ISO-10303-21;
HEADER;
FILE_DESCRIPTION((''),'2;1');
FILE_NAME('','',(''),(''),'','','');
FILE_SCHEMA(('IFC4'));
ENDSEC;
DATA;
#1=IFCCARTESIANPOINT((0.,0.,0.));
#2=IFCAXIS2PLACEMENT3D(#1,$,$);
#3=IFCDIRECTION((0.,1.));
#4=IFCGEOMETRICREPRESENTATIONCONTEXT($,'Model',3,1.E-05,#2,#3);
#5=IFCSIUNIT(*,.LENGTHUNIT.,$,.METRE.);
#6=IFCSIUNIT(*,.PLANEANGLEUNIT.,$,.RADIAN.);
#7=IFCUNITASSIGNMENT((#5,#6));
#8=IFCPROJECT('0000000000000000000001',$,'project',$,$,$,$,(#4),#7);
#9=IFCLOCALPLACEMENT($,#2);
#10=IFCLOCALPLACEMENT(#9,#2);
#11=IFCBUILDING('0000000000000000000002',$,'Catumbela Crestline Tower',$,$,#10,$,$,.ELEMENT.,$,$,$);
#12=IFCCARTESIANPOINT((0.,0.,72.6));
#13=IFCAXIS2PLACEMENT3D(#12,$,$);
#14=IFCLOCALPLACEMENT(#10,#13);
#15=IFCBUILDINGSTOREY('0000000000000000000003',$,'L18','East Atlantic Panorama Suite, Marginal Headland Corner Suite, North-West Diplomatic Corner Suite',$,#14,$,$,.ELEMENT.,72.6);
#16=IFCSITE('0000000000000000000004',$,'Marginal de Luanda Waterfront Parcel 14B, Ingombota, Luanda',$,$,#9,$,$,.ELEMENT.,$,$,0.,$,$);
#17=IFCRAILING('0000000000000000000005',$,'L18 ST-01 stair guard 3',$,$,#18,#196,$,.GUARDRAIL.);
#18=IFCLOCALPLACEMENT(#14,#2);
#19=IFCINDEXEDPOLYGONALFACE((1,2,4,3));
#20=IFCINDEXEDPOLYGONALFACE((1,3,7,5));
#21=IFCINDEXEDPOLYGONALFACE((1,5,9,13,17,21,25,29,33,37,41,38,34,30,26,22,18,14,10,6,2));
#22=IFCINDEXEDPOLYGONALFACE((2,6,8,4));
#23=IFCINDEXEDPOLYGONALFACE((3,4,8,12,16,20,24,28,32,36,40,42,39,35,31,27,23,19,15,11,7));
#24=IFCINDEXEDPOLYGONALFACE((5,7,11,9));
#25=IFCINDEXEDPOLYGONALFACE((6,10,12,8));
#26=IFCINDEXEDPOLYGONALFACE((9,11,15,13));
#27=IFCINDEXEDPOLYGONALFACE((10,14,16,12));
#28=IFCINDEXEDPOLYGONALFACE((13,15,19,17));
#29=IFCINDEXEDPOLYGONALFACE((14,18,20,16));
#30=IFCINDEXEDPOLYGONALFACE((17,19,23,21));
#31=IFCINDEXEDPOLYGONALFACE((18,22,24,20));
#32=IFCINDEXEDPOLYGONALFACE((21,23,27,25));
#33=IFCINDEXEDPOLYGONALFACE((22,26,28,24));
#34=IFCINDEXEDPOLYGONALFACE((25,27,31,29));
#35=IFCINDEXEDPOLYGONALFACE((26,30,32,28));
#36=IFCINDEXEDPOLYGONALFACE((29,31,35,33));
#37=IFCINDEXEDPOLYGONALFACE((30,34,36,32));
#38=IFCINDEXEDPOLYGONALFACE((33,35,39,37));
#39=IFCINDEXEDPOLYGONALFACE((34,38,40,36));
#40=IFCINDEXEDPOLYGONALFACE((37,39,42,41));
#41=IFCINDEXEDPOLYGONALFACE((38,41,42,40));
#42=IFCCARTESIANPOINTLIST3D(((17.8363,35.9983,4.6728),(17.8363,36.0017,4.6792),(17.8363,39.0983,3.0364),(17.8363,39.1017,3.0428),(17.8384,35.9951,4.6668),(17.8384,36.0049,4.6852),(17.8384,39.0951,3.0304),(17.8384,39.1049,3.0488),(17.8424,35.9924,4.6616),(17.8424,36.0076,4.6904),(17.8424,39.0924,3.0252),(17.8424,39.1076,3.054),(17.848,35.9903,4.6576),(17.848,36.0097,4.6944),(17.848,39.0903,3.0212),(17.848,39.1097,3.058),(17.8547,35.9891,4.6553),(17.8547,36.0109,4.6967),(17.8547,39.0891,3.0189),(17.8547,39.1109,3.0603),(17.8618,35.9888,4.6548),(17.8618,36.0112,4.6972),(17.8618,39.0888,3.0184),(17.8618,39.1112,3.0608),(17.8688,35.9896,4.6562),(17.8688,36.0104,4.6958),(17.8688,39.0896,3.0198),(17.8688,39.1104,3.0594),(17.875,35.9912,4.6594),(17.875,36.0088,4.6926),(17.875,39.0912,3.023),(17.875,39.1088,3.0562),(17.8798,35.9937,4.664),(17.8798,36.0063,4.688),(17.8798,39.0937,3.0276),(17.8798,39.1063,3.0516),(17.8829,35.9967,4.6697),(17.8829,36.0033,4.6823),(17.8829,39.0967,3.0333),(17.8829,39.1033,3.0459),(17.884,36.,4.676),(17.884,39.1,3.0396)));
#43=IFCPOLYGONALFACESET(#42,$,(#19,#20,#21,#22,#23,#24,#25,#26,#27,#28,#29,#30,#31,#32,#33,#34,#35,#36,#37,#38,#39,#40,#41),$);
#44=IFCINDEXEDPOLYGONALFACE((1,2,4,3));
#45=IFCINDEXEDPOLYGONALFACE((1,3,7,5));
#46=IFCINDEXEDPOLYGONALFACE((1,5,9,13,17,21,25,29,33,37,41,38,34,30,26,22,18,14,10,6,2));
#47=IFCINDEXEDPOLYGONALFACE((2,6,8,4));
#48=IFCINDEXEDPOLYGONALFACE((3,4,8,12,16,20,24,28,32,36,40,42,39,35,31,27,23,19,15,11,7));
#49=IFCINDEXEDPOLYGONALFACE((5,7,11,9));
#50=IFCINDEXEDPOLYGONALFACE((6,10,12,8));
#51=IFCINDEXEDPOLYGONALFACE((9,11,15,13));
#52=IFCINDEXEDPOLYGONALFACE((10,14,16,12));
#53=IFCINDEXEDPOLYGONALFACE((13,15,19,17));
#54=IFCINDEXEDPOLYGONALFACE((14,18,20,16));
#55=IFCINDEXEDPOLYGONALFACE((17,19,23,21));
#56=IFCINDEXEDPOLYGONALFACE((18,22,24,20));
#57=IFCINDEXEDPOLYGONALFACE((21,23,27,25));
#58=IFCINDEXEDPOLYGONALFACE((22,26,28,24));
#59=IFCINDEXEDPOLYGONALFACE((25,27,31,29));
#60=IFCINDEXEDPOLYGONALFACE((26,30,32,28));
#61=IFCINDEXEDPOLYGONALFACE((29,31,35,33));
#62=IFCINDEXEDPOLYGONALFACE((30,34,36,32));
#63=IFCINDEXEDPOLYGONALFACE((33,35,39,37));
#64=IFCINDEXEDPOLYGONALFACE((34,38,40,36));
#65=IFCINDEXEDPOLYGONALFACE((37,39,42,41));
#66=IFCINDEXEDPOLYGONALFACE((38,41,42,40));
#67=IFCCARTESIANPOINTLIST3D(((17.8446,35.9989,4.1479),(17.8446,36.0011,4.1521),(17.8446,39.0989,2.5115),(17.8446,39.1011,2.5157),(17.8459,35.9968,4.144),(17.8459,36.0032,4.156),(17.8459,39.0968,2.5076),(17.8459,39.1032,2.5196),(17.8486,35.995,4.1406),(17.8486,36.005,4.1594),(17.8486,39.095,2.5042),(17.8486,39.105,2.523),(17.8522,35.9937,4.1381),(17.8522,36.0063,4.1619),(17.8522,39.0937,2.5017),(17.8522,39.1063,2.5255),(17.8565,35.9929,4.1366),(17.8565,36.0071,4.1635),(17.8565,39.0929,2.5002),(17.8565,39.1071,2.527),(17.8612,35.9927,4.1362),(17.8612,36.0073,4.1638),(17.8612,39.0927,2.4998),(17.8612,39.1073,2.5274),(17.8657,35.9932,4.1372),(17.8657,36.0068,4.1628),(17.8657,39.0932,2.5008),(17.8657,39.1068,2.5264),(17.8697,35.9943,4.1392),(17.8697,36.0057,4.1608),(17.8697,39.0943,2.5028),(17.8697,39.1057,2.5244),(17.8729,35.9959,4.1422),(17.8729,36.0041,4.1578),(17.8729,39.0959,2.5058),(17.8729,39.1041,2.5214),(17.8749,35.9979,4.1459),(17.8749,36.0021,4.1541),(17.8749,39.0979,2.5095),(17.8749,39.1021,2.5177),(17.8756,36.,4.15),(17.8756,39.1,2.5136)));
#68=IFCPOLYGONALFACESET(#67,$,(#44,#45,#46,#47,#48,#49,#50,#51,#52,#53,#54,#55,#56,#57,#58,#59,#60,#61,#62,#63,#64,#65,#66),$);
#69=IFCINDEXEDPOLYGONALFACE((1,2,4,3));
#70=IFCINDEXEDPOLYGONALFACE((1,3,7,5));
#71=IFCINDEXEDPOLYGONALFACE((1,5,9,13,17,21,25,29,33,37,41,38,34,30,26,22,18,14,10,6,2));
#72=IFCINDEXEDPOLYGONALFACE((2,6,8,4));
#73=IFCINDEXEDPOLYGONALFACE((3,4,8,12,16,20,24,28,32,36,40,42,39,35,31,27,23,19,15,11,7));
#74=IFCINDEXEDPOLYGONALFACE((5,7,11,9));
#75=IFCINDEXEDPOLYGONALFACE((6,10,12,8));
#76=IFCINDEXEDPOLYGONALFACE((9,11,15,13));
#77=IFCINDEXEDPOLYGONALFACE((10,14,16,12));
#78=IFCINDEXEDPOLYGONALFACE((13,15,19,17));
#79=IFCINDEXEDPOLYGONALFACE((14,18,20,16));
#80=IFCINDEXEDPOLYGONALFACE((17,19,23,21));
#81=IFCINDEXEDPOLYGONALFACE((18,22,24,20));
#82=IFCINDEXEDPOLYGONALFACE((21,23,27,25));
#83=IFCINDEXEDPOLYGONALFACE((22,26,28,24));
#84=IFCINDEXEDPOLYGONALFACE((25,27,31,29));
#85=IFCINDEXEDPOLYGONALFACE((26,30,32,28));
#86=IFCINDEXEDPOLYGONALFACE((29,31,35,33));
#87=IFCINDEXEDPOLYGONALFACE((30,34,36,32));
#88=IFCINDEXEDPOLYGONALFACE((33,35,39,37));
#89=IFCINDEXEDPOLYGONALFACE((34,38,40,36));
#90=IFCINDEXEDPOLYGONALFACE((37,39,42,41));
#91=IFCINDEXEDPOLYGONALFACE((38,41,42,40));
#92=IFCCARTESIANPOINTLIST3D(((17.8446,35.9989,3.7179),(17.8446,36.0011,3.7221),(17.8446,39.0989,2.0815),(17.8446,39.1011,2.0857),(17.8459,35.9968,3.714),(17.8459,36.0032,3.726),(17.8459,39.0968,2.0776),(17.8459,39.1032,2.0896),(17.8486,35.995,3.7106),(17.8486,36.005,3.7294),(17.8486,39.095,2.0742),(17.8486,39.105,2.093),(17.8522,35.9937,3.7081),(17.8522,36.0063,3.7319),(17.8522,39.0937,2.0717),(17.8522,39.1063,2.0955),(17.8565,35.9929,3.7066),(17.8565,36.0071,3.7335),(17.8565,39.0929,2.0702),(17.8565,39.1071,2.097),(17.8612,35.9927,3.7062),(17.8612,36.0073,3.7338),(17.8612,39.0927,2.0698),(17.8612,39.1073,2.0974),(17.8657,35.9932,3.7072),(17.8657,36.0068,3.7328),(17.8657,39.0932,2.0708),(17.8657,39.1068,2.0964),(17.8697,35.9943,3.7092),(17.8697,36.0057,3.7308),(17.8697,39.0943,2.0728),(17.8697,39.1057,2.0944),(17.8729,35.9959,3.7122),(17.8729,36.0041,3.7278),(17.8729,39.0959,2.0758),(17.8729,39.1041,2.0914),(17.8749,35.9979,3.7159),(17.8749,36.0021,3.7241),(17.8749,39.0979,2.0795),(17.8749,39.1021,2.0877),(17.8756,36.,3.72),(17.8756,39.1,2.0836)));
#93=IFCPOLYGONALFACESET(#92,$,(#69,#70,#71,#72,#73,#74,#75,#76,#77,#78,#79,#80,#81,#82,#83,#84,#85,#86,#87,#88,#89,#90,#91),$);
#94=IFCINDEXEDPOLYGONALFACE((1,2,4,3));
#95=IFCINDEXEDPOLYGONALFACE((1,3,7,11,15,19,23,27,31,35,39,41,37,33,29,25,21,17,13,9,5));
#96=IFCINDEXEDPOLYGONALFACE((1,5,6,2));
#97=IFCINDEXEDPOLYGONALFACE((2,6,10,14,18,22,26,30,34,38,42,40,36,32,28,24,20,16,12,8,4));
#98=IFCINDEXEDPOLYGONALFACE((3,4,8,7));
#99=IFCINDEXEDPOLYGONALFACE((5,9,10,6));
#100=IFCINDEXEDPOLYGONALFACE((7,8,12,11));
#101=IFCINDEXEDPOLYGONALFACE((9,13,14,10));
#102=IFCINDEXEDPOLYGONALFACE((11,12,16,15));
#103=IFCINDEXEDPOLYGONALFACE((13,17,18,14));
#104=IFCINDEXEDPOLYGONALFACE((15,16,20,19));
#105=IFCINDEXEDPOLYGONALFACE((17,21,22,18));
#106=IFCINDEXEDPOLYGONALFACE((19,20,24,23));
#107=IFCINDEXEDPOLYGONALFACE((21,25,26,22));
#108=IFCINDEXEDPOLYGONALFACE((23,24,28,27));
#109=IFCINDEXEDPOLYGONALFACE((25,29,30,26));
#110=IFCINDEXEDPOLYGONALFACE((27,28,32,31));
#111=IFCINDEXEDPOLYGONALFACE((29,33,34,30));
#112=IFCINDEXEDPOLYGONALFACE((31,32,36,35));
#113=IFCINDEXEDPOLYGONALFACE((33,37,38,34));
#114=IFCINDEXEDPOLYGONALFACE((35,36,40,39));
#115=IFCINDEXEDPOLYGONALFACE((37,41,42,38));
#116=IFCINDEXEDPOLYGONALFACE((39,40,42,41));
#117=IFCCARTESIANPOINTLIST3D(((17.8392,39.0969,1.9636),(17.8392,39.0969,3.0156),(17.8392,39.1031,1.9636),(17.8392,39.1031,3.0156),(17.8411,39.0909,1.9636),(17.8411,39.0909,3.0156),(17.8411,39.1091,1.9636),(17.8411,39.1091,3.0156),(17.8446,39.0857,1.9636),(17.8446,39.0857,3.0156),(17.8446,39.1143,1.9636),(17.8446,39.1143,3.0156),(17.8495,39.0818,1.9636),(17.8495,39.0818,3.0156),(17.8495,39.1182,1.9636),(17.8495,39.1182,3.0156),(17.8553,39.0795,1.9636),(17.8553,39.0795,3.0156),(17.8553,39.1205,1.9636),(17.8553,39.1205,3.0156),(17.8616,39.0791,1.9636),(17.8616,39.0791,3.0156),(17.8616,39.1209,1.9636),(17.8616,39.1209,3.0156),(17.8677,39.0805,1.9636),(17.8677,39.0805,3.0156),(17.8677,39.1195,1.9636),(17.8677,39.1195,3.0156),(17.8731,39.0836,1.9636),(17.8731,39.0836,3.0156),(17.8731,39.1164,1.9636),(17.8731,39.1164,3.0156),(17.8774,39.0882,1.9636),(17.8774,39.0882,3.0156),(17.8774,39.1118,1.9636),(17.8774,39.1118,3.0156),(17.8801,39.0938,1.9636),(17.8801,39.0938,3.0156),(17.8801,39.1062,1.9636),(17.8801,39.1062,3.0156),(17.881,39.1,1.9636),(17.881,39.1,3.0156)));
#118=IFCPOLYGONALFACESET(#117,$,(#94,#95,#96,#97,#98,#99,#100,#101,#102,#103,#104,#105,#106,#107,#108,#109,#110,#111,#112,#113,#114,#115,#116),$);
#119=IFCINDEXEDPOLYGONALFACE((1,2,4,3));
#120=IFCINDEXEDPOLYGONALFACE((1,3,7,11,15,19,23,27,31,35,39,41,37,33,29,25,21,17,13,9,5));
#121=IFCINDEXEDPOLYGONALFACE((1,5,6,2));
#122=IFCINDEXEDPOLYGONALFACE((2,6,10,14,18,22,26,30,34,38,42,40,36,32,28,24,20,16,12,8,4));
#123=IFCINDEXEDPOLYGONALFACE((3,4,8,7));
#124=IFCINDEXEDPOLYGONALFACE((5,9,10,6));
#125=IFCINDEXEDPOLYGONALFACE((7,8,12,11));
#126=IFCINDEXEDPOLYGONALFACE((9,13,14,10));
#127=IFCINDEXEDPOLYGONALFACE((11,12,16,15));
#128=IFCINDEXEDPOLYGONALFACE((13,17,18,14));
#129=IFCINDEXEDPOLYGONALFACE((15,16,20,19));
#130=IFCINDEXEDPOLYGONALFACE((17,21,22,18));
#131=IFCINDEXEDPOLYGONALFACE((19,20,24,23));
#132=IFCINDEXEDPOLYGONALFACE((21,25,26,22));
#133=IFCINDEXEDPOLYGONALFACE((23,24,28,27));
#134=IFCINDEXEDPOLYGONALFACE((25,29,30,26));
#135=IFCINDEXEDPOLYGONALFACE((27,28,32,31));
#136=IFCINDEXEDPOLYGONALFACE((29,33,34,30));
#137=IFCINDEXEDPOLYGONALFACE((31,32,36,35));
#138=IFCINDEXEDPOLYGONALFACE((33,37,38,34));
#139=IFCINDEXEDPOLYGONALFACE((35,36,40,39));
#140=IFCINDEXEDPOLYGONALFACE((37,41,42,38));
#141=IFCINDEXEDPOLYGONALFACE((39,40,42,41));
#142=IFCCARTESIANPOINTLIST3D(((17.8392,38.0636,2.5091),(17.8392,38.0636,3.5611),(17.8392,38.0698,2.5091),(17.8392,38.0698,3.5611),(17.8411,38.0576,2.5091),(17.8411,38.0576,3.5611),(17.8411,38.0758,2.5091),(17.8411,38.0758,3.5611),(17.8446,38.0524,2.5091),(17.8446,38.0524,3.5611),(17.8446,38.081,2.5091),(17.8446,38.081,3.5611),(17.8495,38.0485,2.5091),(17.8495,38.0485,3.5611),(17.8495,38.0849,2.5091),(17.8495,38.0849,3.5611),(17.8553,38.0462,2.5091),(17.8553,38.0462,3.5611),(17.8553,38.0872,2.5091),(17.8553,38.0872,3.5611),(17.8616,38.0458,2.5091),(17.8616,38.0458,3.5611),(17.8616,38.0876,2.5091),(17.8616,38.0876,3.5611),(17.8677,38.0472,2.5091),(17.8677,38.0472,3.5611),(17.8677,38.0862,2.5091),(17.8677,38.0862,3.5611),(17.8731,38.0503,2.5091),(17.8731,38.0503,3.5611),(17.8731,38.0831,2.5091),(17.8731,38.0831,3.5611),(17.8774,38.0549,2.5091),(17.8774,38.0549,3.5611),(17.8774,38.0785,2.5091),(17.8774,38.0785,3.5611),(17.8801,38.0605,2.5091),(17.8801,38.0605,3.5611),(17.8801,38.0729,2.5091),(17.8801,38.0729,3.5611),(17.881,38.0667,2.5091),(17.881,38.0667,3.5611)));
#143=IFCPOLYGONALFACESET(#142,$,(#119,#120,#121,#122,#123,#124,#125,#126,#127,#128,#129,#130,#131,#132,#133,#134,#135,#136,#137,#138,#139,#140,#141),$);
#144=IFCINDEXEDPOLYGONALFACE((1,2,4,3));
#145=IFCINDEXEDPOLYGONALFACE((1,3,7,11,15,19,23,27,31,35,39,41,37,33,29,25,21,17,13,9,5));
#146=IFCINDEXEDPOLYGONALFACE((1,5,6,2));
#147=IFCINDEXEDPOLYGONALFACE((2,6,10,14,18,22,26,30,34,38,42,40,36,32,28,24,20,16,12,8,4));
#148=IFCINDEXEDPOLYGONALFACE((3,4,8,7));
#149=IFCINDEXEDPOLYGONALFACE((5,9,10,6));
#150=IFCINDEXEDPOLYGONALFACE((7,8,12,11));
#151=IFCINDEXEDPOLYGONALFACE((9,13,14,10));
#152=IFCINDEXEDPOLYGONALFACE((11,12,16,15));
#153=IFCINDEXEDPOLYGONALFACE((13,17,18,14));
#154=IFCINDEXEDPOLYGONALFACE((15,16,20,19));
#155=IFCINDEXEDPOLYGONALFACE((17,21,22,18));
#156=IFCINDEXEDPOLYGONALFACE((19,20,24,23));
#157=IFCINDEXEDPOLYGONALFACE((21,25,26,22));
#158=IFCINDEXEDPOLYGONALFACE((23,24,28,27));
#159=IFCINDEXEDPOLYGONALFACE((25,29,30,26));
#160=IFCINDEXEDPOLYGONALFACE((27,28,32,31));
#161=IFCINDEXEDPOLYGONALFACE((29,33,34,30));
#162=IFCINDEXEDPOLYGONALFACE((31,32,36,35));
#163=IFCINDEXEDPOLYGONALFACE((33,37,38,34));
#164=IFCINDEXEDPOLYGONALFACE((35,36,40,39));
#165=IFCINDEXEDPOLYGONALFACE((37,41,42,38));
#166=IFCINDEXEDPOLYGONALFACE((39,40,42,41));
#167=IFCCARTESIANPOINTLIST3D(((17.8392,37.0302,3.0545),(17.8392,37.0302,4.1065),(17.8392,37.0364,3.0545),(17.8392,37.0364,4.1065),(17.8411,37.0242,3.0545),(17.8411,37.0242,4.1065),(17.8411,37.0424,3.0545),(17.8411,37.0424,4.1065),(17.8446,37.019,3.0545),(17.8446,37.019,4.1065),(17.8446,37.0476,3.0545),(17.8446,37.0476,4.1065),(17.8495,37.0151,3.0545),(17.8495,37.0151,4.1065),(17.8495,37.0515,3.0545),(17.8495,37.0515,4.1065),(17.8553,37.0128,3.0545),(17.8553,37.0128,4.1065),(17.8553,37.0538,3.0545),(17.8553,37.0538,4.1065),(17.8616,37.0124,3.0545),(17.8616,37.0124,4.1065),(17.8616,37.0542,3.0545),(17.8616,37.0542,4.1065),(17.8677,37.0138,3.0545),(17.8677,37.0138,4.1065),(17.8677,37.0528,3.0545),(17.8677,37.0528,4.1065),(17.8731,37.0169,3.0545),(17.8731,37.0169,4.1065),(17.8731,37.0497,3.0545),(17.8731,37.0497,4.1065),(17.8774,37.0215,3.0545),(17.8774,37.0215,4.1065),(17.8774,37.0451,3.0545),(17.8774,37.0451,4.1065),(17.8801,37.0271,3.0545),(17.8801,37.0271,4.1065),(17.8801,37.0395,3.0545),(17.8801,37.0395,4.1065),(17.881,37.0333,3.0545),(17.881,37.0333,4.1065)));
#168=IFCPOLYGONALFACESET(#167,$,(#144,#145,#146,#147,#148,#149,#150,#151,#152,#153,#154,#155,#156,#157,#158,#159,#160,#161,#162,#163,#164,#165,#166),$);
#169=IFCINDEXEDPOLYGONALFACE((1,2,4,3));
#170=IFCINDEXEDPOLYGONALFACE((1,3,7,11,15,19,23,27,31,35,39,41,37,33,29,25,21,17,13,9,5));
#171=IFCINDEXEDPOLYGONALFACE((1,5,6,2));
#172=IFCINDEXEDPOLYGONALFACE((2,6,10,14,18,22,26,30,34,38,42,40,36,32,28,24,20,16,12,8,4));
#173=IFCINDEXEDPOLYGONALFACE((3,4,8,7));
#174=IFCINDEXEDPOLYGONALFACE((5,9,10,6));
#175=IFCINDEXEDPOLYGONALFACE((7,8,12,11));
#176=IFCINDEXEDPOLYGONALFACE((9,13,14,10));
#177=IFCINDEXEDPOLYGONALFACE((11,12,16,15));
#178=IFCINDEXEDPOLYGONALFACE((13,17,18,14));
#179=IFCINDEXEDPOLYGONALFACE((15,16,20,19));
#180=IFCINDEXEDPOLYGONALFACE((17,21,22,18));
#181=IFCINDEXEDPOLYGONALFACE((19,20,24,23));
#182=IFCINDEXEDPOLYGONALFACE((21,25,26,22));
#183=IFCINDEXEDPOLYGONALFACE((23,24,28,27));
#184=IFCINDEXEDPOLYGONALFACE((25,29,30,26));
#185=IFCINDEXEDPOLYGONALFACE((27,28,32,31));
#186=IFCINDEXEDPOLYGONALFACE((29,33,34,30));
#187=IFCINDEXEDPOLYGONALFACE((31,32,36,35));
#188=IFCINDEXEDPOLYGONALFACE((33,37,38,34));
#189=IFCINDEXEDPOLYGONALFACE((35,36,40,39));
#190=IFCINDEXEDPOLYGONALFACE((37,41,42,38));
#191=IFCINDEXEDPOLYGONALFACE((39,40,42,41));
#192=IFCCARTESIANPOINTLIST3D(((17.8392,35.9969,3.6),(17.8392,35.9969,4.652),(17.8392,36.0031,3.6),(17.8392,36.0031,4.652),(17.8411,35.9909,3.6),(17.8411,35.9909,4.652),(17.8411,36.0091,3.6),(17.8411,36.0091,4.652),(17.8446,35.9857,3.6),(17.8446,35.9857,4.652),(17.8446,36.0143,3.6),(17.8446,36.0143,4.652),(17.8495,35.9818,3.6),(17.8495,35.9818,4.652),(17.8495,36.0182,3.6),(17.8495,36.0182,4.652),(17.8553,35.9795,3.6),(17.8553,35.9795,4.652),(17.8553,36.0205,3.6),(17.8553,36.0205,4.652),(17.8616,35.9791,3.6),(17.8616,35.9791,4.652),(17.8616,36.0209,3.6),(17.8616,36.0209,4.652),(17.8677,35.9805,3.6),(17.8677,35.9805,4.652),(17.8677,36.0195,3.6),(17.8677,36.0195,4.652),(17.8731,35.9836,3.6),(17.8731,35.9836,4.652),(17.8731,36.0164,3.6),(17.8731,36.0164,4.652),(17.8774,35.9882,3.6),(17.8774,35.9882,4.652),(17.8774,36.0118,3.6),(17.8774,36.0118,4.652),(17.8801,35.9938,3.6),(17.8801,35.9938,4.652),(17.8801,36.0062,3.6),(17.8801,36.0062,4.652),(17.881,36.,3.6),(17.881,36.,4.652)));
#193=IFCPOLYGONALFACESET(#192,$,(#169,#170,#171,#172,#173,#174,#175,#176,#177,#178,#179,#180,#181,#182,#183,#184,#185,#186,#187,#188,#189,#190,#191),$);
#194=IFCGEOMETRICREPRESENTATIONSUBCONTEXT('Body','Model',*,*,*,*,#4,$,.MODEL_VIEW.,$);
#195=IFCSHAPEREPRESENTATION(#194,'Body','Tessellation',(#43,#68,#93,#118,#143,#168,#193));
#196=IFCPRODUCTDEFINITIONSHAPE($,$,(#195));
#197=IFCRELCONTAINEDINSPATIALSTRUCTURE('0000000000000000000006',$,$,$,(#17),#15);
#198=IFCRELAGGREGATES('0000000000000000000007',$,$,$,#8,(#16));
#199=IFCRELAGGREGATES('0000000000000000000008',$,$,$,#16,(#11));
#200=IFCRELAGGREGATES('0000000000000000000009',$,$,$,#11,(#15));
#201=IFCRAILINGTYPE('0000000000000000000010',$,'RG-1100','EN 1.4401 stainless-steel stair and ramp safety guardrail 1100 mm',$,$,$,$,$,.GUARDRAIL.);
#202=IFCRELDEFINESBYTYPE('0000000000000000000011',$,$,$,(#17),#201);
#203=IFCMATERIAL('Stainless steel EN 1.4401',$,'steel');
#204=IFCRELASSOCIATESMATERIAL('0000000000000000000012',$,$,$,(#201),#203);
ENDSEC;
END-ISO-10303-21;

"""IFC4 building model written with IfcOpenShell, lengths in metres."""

from ifc_helpers import new_model, si_unit, direction, frame, origin, origin_2d, place, context, subcontext, project, spatial, circle, extrude, material, type_object, element, save


model = new_model("IFC4")

# Units and contexts
model_context = context("Model", 3, precision=1e-05, world=origin(), true_north=direction((0.0, 1.0)))
body_context = subcontext(model_context, "Body", "Model", "MODEL_VIEW")
ifc_project = project(units=[si_unit("LENGTHUNIT", "METRE"), si_unit("PLANEANGLEUNIT", "RADIAN")], contexts=[model_context])

# Site, building, storey
site_placement = place(None, origin())
site = spatial("IfcSite", under=ifc_project, at=site_placement, Name="Marginal de Luanda Waterfront Parcel 14B, Ingombota, Luanda", CompositionType="ELEMENT", RefElevation=0.0)
building_placement = place(site_placement, origin())
building = spatial("IfcBuilding", under=site, at=building_placement, Name="Catumbela Crestline Tower", CompositionType="ELEMENT")
storey_placement = place(building_placement, frame((0.0, 0.0, 72.6)))
storey = spatial("IfcBuildingStorey", under=building, at=storey_placement, Name="L18", Description="East Atlantic Panorama Suite, Marginal Headland Corner Suite, North-West Diplomatic Corner Suite", CompositionType="ELEMENT", Elevation=72.6)

# Shared definitions
ifc_material_1 = material(Name="Stainless steel EN 1.4401", Category="steel")

# Railing
railing_type_1 = type_object("IfcRailingType", Name="RG-1100", Description="EN 1.4401 stainless-steel stair and ramp safety guardrail 1100 mm", PredefinedType="GUARDRAIL", material=ifc_material_1)
railing_1_placement = place(storey_placement, frame((17.86, 39.1, 1.9636)))
element("IfcRailing", 1, at=railing_1_placement, inside=storey, type_object=railing_type_1, Name="L18 ST-01 stair guard 3", PredefinedType="GUARDRAIL", context=body_context, shape_type="SweptSolid", body=[
    extrude(circle(Radius=0.024, at=origin_2d()), frame((0.0, 0.0, 1.076), z_axis=(0.0, -0.884351, 0.466823), x_axis=(1.0, 0.0, 0.0)), (0.0, 0.0, 1.0), 3.5054),
    extrude(circle(Radius=0.0156, at=origin_2d()), frame((0.0, 0.0, 0.55), z_axis=(0.0, -0.884351, 0.466823), x_axis=(1.0, 0.0, 0.0)), (0.0, 0.0, 1.0), 3.5054),
    extrude(circle(Radius=0.0156, at=origin_2d()), frame((0.0, 0.0, 0.12), z_axis=(0.0, -0.884351, 0.466823), x_axis=(1.0, 0.0, 0.0)), (0.0, 0.0, 1.0), 3.5054),
    extrude(circle(Radius=0.021, at=origin_2d()), origin(), (0.0, 0.0, 1.0), 1.052),
    extrude(circle(Radius=0.021, at=origin_2d()), frame((0.0, -1.0333, 0.5455)), (0.0, 0.0, 1.0), 1.052),
    extrude(circle(Radius=0.021, at=origin_2d()), frame((0.0, -2.0667, 1.0909)), (0.0, 0.0, 1.0), 1.052),
    extrude(circle(Radius=0.021, at=origin_2d()), frame((0.0, -3.1, 1.6364)), (0.0, 0.0, 1.0), 1.052),
])

save(model, "model.ifc")
